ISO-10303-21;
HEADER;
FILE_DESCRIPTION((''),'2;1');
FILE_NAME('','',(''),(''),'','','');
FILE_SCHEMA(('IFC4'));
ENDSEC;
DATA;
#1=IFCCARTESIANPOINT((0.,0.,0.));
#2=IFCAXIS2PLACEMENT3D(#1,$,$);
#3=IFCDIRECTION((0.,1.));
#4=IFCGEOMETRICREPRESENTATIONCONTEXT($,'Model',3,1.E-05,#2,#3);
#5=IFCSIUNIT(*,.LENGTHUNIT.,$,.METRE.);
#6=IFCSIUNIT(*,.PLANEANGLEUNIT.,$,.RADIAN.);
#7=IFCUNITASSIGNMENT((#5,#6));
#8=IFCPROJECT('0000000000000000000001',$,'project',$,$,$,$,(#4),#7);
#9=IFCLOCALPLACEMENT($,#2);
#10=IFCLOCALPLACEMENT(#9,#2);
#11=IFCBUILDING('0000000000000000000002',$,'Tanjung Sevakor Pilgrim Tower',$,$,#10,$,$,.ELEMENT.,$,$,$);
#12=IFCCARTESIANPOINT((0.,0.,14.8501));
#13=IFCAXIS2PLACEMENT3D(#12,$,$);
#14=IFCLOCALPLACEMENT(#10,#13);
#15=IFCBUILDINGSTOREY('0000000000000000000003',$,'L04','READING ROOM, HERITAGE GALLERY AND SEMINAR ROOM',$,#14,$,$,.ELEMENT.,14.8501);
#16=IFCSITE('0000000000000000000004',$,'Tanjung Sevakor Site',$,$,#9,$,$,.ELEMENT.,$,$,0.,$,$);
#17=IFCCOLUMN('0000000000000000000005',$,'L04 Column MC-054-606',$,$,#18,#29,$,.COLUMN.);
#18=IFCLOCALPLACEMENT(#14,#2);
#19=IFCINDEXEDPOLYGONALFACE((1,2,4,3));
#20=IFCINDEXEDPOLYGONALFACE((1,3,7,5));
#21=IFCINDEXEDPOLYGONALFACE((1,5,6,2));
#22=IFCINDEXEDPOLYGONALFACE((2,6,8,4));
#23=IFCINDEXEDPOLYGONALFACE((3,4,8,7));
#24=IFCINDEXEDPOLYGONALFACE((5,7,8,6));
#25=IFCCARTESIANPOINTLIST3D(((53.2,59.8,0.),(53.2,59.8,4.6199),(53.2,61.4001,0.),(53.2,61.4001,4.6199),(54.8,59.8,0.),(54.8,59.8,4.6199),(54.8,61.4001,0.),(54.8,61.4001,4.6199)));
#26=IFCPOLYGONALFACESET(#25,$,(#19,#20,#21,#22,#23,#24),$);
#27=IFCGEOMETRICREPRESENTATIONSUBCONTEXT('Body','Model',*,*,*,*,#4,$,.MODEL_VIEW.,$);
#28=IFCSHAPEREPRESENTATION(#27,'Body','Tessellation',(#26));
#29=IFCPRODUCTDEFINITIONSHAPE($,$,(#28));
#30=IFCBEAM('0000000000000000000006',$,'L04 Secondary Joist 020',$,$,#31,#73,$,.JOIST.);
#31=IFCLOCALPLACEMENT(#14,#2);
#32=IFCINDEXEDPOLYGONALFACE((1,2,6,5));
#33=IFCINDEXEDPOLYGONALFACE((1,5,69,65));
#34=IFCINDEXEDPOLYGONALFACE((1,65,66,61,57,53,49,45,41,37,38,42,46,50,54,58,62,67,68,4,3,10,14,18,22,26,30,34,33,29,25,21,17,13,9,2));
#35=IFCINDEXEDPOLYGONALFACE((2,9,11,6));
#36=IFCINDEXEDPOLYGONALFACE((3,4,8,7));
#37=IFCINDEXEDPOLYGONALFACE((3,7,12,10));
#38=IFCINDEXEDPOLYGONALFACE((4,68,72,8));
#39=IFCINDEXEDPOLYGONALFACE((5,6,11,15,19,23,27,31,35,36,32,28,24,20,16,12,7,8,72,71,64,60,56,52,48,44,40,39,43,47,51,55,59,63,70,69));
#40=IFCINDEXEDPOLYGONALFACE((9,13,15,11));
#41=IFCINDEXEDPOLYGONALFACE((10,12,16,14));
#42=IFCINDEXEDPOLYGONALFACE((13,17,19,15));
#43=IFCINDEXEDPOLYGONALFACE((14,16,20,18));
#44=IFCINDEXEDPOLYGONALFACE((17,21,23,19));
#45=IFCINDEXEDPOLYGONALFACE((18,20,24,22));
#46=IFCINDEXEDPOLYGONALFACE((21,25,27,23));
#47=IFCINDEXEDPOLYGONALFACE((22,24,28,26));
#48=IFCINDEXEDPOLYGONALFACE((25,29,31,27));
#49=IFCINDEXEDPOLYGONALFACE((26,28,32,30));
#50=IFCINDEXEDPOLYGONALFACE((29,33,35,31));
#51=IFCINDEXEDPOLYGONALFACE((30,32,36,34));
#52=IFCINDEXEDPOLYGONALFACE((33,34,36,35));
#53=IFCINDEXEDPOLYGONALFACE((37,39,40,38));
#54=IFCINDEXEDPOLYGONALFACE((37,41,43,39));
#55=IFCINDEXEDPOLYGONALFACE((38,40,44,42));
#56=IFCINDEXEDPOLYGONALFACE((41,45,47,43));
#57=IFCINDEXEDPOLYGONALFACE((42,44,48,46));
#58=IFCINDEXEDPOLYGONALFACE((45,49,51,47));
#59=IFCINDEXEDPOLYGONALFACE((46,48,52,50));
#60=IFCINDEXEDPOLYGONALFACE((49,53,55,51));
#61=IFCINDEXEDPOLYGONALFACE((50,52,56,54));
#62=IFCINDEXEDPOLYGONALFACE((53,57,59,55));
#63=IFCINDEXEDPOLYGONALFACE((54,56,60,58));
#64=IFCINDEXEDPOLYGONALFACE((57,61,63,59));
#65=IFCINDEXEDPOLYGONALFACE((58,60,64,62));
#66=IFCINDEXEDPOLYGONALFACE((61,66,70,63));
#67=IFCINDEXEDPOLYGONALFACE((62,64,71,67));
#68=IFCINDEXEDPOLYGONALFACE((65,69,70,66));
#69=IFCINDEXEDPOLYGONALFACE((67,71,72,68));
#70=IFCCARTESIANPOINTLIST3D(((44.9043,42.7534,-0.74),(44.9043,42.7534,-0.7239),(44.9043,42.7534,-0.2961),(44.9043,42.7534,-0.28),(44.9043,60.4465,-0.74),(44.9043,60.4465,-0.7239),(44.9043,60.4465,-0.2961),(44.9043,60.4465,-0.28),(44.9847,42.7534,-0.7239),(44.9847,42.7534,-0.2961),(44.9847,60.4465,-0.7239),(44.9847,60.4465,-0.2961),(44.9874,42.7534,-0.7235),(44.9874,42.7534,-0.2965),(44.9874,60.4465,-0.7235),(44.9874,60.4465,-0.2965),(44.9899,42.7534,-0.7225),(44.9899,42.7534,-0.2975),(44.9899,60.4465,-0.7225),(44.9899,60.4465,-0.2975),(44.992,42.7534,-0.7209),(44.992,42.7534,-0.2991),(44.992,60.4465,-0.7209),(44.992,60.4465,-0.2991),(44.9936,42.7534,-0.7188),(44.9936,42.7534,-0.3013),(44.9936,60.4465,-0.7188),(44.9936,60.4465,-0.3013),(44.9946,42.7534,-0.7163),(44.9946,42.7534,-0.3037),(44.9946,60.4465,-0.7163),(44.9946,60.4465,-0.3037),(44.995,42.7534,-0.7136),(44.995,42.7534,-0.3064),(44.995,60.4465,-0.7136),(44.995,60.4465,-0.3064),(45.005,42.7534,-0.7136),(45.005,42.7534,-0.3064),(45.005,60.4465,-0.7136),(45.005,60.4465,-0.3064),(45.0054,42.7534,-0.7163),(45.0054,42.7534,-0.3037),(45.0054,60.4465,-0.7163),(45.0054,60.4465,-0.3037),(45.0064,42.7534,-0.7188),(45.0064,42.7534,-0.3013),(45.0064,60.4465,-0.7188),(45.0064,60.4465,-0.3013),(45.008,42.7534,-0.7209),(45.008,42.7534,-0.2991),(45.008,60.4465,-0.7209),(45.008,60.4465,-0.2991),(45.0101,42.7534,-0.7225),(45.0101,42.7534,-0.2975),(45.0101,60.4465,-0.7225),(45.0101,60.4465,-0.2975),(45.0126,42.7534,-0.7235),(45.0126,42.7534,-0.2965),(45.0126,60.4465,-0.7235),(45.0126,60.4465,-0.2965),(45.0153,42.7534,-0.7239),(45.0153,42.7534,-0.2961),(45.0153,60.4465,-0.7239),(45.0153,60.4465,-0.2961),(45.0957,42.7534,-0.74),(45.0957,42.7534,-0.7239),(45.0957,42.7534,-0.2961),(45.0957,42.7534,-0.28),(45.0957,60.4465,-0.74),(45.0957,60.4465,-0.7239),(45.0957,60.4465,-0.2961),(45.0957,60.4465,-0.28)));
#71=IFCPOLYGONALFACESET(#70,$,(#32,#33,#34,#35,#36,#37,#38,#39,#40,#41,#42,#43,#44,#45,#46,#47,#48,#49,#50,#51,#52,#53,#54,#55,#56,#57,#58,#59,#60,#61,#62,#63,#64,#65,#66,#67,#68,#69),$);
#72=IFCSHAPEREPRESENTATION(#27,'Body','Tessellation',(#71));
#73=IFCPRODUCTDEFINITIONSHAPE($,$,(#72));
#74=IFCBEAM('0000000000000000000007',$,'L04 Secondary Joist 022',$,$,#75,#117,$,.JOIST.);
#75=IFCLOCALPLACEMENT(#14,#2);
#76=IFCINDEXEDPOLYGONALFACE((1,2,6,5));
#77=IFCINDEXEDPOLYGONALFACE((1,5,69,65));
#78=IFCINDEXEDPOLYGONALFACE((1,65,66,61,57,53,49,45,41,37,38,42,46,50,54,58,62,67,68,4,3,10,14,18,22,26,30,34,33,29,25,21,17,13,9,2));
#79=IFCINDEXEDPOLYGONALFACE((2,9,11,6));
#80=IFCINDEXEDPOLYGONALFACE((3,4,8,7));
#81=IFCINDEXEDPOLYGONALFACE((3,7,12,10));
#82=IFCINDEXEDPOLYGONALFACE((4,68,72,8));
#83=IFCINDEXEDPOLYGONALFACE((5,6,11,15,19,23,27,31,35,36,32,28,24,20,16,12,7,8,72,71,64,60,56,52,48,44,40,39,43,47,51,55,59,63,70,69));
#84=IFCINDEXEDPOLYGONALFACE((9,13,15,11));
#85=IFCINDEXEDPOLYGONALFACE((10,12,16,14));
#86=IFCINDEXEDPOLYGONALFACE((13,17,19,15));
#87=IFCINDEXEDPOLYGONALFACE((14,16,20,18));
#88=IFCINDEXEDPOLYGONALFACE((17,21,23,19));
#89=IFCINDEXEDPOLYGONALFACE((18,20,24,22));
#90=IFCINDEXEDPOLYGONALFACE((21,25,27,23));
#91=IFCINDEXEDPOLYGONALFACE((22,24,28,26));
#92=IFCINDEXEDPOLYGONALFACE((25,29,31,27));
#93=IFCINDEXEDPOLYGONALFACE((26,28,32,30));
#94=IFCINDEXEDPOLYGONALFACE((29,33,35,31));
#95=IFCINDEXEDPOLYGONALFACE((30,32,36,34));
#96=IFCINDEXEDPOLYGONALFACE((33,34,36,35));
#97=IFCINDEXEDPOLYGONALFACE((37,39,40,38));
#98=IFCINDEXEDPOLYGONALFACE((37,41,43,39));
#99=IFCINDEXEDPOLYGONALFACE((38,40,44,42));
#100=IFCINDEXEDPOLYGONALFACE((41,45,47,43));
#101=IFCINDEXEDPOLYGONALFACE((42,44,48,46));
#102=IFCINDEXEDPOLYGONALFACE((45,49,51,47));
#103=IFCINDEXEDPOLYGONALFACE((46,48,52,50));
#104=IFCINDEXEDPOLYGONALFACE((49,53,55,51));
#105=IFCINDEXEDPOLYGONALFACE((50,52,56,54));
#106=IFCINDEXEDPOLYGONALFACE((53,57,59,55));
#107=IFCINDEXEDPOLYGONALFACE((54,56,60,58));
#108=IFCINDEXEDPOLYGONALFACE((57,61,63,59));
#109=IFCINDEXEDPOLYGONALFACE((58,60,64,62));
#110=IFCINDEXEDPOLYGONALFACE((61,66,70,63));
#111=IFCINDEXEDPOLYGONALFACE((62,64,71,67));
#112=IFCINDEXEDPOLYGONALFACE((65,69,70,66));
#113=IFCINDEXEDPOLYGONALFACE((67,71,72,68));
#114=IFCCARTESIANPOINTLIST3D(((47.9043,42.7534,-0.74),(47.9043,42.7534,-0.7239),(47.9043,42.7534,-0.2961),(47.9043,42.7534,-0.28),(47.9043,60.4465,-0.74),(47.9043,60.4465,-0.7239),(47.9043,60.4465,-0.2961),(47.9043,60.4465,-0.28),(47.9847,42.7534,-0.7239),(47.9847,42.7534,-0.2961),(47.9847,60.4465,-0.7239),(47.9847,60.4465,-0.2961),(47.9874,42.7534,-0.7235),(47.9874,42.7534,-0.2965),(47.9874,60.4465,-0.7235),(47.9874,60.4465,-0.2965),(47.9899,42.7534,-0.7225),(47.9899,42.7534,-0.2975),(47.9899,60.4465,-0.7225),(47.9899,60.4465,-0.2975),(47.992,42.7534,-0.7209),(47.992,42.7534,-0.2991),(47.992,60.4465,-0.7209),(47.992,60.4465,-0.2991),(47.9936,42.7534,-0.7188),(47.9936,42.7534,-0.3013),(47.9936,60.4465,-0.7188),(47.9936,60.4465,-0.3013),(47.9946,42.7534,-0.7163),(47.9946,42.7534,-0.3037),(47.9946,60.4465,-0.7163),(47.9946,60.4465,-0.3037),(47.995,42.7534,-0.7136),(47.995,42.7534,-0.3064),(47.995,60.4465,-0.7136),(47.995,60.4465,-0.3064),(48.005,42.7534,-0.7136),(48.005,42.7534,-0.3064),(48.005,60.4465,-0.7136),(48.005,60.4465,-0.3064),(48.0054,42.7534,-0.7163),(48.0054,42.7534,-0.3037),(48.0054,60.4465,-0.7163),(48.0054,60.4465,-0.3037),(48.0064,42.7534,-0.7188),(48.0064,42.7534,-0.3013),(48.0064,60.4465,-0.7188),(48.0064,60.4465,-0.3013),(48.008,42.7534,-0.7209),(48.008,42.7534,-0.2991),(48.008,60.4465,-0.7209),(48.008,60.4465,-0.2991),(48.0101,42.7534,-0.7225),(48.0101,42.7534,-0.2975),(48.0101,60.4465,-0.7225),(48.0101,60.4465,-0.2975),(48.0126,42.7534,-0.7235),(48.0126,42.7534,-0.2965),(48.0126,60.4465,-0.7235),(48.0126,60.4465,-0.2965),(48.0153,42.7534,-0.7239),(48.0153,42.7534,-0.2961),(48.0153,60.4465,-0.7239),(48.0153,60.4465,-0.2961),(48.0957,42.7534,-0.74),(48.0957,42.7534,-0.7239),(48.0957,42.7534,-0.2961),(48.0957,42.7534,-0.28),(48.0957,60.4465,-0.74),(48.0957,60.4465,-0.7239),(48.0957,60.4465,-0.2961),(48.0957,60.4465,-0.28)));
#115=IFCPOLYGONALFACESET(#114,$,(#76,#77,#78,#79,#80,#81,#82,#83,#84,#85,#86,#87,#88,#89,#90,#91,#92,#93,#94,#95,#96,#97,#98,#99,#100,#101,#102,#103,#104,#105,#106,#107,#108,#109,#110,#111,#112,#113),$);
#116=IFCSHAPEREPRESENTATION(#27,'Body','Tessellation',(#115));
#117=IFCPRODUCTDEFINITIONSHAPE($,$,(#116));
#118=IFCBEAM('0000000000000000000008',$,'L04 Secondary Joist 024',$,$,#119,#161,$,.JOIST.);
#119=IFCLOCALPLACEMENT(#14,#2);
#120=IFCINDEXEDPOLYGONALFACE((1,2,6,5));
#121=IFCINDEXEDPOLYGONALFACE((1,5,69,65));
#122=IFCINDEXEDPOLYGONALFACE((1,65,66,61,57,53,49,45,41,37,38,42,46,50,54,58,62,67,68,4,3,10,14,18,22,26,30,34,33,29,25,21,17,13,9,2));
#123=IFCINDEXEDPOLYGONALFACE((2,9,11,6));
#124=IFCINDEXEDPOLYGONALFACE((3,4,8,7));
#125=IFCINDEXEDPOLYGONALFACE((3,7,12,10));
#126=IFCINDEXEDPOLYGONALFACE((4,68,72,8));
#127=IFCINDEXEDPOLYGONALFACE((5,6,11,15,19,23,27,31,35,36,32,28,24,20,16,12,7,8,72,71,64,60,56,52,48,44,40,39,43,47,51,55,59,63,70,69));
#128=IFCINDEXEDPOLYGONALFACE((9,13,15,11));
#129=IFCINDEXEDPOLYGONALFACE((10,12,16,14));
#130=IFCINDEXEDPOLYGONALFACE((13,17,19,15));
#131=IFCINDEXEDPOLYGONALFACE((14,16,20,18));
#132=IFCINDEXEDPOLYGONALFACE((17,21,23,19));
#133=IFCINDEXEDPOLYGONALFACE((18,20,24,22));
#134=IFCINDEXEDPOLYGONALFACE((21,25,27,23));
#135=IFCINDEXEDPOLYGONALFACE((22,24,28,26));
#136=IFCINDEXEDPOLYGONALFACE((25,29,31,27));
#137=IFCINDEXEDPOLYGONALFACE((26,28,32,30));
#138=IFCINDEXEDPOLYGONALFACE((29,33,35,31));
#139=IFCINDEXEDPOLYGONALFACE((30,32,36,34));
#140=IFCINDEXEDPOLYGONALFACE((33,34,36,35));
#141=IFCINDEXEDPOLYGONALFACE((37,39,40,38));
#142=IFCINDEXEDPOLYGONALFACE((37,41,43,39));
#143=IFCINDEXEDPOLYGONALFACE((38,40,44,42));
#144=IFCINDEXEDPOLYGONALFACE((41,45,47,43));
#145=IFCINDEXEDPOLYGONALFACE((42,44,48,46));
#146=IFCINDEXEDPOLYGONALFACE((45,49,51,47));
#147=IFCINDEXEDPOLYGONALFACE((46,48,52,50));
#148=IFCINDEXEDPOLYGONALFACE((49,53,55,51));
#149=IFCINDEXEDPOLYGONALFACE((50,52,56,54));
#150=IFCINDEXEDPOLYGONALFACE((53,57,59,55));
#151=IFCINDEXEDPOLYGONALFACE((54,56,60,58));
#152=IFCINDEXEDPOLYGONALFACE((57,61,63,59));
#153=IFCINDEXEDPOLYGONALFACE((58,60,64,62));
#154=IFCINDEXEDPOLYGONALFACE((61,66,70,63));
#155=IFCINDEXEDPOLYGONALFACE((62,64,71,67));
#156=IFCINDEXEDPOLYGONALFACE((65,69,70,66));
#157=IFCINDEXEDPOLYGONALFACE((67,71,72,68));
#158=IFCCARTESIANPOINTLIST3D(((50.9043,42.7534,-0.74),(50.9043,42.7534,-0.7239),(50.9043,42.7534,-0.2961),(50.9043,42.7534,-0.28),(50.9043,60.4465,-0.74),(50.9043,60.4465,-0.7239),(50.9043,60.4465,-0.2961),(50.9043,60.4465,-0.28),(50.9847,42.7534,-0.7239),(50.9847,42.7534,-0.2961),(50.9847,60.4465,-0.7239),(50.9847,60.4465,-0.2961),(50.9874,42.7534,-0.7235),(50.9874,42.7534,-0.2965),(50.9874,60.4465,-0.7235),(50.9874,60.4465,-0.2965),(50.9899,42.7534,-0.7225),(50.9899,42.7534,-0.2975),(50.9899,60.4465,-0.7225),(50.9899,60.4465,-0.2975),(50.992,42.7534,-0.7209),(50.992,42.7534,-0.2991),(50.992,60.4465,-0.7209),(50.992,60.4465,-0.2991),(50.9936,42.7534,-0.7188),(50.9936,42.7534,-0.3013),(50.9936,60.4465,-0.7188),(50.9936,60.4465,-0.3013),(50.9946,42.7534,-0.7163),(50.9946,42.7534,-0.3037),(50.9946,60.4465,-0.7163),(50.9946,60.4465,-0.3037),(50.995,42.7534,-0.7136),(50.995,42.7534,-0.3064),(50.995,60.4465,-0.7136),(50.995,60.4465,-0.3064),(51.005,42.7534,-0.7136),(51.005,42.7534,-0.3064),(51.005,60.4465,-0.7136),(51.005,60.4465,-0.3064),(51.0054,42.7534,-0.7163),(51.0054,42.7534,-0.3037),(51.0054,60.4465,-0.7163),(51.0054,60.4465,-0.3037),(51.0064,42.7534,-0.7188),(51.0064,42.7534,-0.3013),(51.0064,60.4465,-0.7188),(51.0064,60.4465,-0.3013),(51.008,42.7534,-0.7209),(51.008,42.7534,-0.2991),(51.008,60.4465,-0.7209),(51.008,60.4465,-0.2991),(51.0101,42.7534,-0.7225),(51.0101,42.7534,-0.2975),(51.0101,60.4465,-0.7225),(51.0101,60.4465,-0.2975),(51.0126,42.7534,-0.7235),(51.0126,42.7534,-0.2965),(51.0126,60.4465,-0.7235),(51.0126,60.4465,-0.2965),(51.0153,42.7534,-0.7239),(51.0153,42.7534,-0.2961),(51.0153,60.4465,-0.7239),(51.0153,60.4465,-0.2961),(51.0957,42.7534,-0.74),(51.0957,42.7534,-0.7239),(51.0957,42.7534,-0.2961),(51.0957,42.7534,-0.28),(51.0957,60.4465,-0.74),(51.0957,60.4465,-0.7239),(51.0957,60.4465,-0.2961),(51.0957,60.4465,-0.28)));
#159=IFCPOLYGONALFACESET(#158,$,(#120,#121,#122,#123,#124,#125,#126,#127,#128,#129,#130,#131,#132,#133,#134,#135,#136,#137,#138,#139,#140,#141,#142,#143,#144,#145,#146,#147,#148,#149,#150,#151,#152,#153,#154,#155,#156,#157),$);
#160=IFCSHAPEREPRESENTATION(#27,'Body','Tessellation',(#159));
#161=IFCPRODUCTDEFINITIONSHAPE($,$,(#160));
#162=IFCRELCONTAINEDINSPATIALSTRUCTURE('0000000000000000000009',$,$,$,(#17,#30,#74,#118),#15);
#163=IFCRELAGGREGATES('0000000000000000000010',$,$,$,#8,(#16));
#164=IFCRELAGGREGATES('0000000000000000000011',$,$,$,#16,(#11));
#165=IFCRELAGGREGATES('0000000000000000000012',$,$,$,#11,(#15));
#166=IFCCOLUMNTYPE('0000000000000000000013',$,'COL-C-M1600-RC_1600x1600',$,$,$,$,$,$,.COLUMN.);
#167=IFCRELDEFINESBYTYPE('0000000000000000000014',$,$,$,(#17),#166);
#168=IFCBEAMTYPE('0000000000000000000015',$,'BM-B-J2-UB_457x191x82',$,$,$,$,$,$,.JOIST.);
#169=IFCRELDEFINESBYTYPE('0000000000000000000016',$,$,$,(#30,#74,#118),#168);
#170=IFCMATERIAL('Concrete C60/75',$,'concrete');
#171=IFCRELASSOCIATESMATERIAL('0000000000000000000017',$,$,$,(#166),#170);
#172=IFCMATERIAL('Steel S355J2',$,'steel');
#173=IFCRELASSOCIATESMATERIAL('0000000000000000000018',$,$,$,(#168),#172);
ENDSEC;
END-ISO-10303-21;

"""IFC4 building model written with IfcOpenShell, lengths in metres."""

from ifc_helpers import new_model, si_unit, direction, frame, origin, origin_2d, place, context, subcontext, project, spatial, rectangle, i_section, extrude, material, material_profile, profile_set, type_object, element, save


model = new_model("IFC4")

# Units and contexts
model_context = context("Model", 3, precision=1e-05, world=origin(), true_north=direction((0.0, 1.0)))
body_context = subcontext(model_context, "Body", "Model", "MODEL_VIEW")
ifc_project = project(units=[si_unit("LENGTHUNIT", "METRE"), si_unit("PLANEANGLEUNIT", "RADIAN")], contexts=[model_context])

# Site, building, storey
site_placement = place(None, origin())
site = spatial("IfcSite", under=ifc_project, at=site_placement, Name="Tanjung Sevakor Site", CompositionType="ELEMENT", RefElevation=0.0)
building_placement = place(site_placement, origin())
building = spatial("IfcBuilding", under=site, at=building_placement, Name="Tanjung Sevakor Pilgrim Tower", CompositionType="ELEMENT")
storey_placement = place(building_placement, frame((0.0, 0.0, 14.8501)))
storey = spatial("IfcBuildingStorey", under=building, at=storey_placement, Name="L04", Description="READING ROOM, HERITAGE GALLERY AND SEMINAR ROOM", CompositionType="ELEMENT", Elevation=14.8501)

# Column
ifc_material_1 = material(Name="Concrete C60/75", Category="concrete")
ifc_material_profile_1 = material_profile(ifc_material_1, rectangle(XDim=1.6001, YDim=1.6001, at=origin_2d()))
ifc_profile_set_1 = profile_set([ifc_material_profile_1], Name="Concrete C60/75")
column_type = type_object("IfcColumnType", Name="COL-C-M1600-RC_1600x1600", PredefinedType="COLUMN", material=ifc_profile_set_1)
column_placement = place(storey_placement, frame((54.0, 60.6001, 0.0), z_axis=(0.0, 0.0, 1.0), x_axis=(1.0, 0.0, 0.0)))
element("IfcColumn", 1, at=column_placement, inside=storey, type_object=column_type, Name="L04 Column MC-054-606", PredefinedType="COLUMN", context=body_context, shape_type="SweptSolid", body=[
    extrude(rectangle(XDim=1.6001, YDim=1.6001, at=origin_2d()), origin(), (0.0, 0.0, 1.0), 4.6199),
])

# Beams
ifc_material_2 = material(Name="Steel S355J2", Category="steel")
ifc_material_profile_2 = material_profile(ifc_material_2, i_section(OverallWidth=0.1914, OverallDepth=0.46, WebThickness=0.01, FlangeThickness=0.0161, FilletRadius=0.0103, at=origin_2d()))
ifc_profile_set_2 = profile_set([ifc_material_profile_2], Name="Steel S355J2")
beam_type_1 = type_object("IfcBeamType", Name="BM-B-J2-UB_457x191x82", PredefinedType="JOIST", material=ifc_profile_set_2)
for number, where, z_axis, x_axis, name in (
    (2, (45.0, 42.7534, -0.51), (0.0, 1.0, 0.0), (-1.0, 0.0, 0.0), "L04 Secondary Joist 020"),
    (3, (48.0, 42.7534, -0.51), (0.0, 1.0, 0.0), (-1.0, 0.0, 0.0), "L04 Secondary Joist 022"),
    (4, (51.0, 42.7534, -0.51), (0.0, 1.0, 0.0), (-1.0, 0.0, 0.0), "L04 Secondary Joist 024"),
):
    element("IfcBeam", number, at=place(storey_placement, frame(where, z_axis=z_axis, x_axis=x_axis)), inside=storey, type_object=beam_type_1, Name=name, PredefinedType="JOIST", context=body_context, shape_type="SweptSolid", body=[
        extrude(i_section(OverallWidth=0.1914, OverallDepth=0.46, WebThickness=0.01, FlangeThickness=0.0161, FilletRadius=0.0103, at=origin_2d()), origin(), (0.0, 0.0, 1.0), 17.6931),
    ])

save(model, "model.ifc")
